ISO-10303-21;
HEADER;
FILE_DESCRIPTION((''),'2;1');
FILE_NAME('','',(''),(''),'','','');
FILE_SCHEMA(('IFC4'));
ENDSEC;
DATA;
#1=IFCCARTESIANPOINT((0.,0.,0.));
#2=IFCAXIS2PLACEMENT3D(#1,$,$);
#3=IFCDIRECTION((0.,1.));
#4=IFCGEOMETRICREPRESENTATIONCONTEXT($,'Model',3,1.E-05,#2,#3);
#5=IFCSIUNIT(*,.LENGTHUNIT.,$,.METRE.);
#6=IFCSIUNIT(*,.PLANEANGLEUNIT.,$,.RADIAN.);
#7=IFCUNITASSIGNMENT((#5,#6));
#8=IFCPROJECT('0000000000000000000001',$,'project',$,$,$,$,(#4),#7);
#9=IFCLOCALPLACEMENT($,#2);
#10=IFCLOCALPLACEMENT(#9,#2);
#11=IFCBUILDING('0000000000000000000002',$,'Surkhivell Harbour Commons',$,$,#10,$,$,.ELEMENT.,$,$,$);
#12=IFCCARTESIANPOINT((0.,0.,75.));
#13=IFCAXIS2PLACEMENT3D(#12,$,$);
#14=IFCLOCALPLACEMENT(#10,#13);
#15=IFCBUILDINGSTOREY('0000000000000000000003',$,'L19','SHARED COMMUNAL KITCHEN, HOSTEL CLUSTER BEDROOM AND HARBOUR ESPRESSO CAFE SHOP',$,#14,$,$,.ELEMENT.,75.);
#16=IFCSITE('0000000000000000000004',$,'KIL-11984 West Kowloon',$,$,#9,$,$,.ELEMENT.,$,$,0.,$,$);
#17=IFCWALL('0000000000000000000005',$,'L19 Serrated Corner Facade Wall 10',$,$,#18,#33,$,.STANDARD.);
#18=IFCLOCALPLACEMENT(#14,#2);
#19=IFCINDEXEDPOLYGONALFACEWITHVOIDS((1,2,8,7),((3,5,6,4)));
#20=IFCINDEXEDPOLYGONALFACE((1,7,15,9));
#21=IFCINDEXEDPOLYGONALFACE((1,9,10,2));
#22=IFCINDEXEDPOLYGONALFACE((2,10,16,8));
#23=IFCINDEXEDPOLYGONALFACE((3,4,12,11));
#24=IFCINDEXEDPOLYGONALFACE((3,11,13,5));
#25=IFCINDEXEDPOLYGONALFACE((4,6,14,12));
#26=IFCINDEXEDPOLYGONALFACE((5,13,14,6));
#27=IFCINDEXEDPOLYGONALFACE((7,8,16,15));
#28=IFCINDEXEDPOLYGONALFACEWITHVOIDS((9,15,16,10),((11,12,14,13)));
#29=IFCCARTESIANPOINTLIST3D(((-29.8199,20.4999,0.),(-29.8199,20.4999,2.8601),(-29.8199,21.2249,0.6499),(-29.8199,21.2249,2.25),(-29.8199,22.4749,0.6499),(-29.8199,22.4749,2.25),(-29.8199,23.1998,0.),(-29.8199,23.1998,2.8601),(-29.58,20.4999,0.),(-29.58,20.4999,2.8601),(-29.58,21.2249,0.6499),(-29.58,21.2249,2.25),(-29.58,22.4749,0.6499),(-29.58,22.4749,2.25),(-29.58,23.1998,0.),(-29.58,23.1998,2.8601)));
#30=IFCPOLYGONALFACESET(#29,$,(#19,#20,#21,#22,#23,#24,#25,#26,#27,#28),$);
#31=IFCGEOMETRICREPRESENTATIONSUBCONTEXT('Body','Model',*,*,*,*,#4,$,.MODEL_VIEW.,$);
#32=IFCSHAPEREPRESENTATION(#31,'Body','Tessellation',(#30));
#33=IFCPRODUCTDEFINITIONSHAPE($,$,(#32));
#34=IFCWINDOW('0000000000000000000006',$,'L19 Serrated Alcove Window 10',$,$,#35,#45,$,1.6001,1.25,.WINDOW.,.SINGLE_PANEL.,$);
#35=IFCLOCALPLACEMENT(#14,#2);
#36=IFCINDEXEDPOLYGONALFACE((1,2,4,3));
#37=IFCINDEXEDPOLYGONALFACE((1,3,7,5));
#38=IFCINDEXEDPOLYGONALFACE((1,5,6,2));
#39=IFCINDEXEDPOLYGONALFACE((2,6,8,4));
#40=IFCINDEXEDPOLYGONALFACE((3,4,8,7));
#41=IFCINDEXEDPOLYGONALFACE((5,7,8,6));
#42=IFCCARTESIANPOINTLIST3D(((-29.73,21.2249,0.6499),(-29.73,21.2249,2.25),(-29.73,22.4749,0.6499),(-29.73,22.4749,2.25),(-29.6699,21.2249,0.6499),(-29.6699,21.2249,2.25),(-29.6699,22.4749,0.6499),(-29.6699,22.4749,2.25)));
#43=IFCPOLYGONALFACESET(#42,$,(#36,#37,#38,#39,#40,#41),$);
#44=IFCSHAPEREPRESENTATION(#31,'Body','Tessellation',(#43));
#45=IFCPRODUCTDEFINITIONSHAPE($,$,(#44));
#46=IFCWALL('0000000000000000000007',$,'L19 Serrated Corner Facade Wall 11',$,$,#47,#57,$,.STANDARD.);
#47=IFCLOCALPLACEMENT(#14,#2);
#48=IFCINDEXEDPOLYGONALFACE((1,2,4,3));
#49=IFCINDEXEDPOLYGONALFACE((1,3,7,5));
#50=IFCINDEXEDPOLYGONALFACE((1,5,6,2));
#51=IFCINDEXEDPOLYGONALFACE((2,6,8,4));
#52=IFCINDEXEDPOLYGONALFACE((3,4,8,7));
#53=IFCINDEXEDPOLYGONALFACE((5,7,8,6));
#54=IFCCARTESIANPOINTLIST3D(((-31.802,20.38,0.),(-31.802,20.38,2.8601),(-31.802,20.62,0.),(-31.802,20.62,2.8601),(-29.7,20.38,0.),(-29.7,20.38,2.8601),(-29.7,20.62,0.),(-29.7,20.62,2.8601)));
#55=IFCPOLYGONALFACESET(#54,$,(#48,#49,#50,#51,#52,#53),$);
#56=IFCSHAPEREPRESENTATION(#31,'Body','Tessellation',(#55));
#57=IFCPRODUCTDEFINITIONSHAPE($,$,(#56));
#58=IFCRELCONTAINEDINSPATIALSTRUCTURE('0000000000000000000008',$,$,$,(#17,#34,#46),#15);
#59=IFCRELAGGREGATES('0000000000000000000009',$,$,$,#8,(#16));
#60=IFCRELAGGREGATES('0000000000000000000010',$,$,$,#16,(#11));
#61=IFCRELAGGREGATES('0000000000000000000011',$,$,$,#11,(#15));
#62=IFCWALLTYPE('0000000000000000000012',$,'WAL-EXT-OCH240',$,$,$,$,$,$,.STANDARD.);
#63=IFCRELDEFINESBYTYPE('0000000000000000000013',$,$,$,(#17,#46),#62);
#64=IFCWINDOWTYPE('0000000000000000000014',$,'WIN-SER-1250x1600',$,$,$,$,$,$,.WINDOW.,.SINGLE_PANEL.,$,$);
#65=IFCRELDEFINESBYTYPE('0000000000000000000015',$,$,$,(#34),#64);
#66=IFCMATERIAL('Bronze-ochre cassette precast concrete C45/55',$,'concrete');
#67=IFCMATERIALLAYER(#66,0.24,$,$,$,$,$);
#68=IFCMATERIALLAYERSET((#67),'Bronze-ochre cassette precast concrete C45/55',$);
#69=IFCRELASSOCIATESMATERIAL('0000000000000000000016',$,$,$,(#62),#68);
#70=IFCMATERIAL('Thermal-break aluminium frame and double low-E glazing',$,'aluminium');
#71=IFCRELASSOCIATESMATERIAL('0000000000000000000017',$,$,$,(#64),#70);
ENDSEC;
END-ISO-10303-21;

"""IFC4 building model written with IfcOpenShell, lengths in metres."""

from ifc_helpers import new_model, si_unit, direction, frame, frame_2d, origin, place, context, subcontext, project, spatial, rectangle, extrude, material, layer, layer_set, type_object, element, fill, save


model = new_model("IFC4")

# Units and contexts
model_context = context("Model", 3, precision=1e-05, world=origin(), true_north=direction((0.0, 1.0)))
body_context = subcontext(model_context, "Body", "Model", "MODEL_VIEW")
ifc_project = project(units=[si_unit("LENGTHUNIT", "METRE"), si_unit("PLANEANGLEUNIT", "RADIAN")], contexts=[model_context])

# Site, building, storey
site_placement = place(None, origin())
site = spatial("IfcSite", under=ifc_project, at=site_placement, Name="KIL-11984 West Kowloon", CompositionType="ELEMENT", RefElevation=0.0)
building_placement = place(site_placement, origin())
building = spatial("IfcBuilding", under=site, at=building_placement, Name="Surkhivell Harbour Commons", CompositionType="ELEMENT")
storey_placement = place(building_placement, frame((0.0, 0.0, 75.0)))
storey = spatial("IfcBuildingStorey", under=building, at=storey_placement, Name="L19", Description="SHARED COMMUNAL KITCHEN, HOSTEL CLUSTER BEDROOM AND HARBOUR ESPRESSO CAFE SHOP", CompositionType="ELEMENT", Elevation=75.0)

# Shared definitions
ifc_material_1 = material(Name="Bronze-ochre cassette precast concrete C45/55", Category="concrete")
ifc_layer_1 = layer(ifc_material_1, 0.24)
ifc_layer_set_1 = layer_set([ifc_layer_1], Name="Bronze-ochre cassette precast concrete C45/55")
wall_type = type_object("IfcWallType", Name="WAL-EXT-OCH240", PredefinedType="STANDARD", material=ifc_layer_set_1)

# Wall, opening, window
wall_1_placement = place(storey_placement, frame((-29.7, 23.2, 0.0), z_axis=(0.0, 0.0, 1.0), x_axis=(0.0, -1.0, 0.0)))
wall_1 = element("IfcWall", 1, at=wall_1_placement, inside=storey, type_object=wall_type, Name="L19 Serrated Corner Facade Wall 10", PredefinedType="STANDARD", context=body_context, shape_type="SweptSolid", body=[
    extrude(rectangle(XDim=2.7, YDim=0.24, at=frame_2d((1.3501, 0.0))), origin(), (0.0, 0.0, 1.0), 2.8601),
])
opening_placement = place(wall_1_placement, frame((0.7251, 0.0, 0.6499)))
opening = element("IfcOpeningElement", 2, at=opening_placement, cuts=wall_1, PredefinedType="OPENING", context=body_context, shape_type="SweptSolid", body=[
    extrude(rectangle(XDim=1.25, YDim=1.6001, at=frame_2d((0.625, 0.8))), frame((0.0, 0.1299, 0.0), z_axis=(0.0, -1.0, 0.0), x_axis=(1.0, 0.0, 0.0)), (0.0, 0.0, 1.0), 0.26),
])
ifc_material_2 = material(Name="Thermal-break aluminium frame and double low-E glazing", Category="aluminium")
window_type = type_object("IfcWindowType", Name="WIN-SER-1250x1600", PartitioningType="SINGLE_PANEL", PredefinedType="WINDOW", material=ifc_material_2)
window_placement = place(opening_placement, origin())
window = element("IfcWindow", 3, at=window_placement, inside=storey, type_object=window_type, Name="L19 Serrated Alcove Window 10", OverallHeight=1.6001, OverallWidth=1.25, PartitioningType="SINGLE_PANEL", PredefinedType="WINDOW", context=body_context, shape_type="SweptSolid", body=[
    extrude(rectangle(XDim=1.25, YDim=1.6001, at=frame_2d((0.625, 0.8))), frame((0.0, 0.03, 0.0), z_axis=(0.0, -1.0, 0.0), x_axis=(1.0, 0.0, 0.0)), (0.0, 0.0, 1.0), 0.0601),
])
fill(opening, window)

# Wall
wall_2_placement = place(storey_placement, frame((-29.7, 20.5, 0.0), z_axis=(0.0, 0.0, 1.0), x_axis=(-1.0, 0.0, 0.0)))
element("IfcWall", 4, at=wall_2_placement, inside=storey, type_object=wall_type, Name="L19 Serrated Corner Facade Wall 11", PredefinedType="STANDARD", context=body_context, shape_type="SweptSolid", body=[
    extrude(rectangle(XDim=2.1021, YDim=0.24, at=frame_2d((1.051, 0.0))), origin(), (0.0, 0.0, 1.0), 2.8601),
])

save(model, "model.ifc")
